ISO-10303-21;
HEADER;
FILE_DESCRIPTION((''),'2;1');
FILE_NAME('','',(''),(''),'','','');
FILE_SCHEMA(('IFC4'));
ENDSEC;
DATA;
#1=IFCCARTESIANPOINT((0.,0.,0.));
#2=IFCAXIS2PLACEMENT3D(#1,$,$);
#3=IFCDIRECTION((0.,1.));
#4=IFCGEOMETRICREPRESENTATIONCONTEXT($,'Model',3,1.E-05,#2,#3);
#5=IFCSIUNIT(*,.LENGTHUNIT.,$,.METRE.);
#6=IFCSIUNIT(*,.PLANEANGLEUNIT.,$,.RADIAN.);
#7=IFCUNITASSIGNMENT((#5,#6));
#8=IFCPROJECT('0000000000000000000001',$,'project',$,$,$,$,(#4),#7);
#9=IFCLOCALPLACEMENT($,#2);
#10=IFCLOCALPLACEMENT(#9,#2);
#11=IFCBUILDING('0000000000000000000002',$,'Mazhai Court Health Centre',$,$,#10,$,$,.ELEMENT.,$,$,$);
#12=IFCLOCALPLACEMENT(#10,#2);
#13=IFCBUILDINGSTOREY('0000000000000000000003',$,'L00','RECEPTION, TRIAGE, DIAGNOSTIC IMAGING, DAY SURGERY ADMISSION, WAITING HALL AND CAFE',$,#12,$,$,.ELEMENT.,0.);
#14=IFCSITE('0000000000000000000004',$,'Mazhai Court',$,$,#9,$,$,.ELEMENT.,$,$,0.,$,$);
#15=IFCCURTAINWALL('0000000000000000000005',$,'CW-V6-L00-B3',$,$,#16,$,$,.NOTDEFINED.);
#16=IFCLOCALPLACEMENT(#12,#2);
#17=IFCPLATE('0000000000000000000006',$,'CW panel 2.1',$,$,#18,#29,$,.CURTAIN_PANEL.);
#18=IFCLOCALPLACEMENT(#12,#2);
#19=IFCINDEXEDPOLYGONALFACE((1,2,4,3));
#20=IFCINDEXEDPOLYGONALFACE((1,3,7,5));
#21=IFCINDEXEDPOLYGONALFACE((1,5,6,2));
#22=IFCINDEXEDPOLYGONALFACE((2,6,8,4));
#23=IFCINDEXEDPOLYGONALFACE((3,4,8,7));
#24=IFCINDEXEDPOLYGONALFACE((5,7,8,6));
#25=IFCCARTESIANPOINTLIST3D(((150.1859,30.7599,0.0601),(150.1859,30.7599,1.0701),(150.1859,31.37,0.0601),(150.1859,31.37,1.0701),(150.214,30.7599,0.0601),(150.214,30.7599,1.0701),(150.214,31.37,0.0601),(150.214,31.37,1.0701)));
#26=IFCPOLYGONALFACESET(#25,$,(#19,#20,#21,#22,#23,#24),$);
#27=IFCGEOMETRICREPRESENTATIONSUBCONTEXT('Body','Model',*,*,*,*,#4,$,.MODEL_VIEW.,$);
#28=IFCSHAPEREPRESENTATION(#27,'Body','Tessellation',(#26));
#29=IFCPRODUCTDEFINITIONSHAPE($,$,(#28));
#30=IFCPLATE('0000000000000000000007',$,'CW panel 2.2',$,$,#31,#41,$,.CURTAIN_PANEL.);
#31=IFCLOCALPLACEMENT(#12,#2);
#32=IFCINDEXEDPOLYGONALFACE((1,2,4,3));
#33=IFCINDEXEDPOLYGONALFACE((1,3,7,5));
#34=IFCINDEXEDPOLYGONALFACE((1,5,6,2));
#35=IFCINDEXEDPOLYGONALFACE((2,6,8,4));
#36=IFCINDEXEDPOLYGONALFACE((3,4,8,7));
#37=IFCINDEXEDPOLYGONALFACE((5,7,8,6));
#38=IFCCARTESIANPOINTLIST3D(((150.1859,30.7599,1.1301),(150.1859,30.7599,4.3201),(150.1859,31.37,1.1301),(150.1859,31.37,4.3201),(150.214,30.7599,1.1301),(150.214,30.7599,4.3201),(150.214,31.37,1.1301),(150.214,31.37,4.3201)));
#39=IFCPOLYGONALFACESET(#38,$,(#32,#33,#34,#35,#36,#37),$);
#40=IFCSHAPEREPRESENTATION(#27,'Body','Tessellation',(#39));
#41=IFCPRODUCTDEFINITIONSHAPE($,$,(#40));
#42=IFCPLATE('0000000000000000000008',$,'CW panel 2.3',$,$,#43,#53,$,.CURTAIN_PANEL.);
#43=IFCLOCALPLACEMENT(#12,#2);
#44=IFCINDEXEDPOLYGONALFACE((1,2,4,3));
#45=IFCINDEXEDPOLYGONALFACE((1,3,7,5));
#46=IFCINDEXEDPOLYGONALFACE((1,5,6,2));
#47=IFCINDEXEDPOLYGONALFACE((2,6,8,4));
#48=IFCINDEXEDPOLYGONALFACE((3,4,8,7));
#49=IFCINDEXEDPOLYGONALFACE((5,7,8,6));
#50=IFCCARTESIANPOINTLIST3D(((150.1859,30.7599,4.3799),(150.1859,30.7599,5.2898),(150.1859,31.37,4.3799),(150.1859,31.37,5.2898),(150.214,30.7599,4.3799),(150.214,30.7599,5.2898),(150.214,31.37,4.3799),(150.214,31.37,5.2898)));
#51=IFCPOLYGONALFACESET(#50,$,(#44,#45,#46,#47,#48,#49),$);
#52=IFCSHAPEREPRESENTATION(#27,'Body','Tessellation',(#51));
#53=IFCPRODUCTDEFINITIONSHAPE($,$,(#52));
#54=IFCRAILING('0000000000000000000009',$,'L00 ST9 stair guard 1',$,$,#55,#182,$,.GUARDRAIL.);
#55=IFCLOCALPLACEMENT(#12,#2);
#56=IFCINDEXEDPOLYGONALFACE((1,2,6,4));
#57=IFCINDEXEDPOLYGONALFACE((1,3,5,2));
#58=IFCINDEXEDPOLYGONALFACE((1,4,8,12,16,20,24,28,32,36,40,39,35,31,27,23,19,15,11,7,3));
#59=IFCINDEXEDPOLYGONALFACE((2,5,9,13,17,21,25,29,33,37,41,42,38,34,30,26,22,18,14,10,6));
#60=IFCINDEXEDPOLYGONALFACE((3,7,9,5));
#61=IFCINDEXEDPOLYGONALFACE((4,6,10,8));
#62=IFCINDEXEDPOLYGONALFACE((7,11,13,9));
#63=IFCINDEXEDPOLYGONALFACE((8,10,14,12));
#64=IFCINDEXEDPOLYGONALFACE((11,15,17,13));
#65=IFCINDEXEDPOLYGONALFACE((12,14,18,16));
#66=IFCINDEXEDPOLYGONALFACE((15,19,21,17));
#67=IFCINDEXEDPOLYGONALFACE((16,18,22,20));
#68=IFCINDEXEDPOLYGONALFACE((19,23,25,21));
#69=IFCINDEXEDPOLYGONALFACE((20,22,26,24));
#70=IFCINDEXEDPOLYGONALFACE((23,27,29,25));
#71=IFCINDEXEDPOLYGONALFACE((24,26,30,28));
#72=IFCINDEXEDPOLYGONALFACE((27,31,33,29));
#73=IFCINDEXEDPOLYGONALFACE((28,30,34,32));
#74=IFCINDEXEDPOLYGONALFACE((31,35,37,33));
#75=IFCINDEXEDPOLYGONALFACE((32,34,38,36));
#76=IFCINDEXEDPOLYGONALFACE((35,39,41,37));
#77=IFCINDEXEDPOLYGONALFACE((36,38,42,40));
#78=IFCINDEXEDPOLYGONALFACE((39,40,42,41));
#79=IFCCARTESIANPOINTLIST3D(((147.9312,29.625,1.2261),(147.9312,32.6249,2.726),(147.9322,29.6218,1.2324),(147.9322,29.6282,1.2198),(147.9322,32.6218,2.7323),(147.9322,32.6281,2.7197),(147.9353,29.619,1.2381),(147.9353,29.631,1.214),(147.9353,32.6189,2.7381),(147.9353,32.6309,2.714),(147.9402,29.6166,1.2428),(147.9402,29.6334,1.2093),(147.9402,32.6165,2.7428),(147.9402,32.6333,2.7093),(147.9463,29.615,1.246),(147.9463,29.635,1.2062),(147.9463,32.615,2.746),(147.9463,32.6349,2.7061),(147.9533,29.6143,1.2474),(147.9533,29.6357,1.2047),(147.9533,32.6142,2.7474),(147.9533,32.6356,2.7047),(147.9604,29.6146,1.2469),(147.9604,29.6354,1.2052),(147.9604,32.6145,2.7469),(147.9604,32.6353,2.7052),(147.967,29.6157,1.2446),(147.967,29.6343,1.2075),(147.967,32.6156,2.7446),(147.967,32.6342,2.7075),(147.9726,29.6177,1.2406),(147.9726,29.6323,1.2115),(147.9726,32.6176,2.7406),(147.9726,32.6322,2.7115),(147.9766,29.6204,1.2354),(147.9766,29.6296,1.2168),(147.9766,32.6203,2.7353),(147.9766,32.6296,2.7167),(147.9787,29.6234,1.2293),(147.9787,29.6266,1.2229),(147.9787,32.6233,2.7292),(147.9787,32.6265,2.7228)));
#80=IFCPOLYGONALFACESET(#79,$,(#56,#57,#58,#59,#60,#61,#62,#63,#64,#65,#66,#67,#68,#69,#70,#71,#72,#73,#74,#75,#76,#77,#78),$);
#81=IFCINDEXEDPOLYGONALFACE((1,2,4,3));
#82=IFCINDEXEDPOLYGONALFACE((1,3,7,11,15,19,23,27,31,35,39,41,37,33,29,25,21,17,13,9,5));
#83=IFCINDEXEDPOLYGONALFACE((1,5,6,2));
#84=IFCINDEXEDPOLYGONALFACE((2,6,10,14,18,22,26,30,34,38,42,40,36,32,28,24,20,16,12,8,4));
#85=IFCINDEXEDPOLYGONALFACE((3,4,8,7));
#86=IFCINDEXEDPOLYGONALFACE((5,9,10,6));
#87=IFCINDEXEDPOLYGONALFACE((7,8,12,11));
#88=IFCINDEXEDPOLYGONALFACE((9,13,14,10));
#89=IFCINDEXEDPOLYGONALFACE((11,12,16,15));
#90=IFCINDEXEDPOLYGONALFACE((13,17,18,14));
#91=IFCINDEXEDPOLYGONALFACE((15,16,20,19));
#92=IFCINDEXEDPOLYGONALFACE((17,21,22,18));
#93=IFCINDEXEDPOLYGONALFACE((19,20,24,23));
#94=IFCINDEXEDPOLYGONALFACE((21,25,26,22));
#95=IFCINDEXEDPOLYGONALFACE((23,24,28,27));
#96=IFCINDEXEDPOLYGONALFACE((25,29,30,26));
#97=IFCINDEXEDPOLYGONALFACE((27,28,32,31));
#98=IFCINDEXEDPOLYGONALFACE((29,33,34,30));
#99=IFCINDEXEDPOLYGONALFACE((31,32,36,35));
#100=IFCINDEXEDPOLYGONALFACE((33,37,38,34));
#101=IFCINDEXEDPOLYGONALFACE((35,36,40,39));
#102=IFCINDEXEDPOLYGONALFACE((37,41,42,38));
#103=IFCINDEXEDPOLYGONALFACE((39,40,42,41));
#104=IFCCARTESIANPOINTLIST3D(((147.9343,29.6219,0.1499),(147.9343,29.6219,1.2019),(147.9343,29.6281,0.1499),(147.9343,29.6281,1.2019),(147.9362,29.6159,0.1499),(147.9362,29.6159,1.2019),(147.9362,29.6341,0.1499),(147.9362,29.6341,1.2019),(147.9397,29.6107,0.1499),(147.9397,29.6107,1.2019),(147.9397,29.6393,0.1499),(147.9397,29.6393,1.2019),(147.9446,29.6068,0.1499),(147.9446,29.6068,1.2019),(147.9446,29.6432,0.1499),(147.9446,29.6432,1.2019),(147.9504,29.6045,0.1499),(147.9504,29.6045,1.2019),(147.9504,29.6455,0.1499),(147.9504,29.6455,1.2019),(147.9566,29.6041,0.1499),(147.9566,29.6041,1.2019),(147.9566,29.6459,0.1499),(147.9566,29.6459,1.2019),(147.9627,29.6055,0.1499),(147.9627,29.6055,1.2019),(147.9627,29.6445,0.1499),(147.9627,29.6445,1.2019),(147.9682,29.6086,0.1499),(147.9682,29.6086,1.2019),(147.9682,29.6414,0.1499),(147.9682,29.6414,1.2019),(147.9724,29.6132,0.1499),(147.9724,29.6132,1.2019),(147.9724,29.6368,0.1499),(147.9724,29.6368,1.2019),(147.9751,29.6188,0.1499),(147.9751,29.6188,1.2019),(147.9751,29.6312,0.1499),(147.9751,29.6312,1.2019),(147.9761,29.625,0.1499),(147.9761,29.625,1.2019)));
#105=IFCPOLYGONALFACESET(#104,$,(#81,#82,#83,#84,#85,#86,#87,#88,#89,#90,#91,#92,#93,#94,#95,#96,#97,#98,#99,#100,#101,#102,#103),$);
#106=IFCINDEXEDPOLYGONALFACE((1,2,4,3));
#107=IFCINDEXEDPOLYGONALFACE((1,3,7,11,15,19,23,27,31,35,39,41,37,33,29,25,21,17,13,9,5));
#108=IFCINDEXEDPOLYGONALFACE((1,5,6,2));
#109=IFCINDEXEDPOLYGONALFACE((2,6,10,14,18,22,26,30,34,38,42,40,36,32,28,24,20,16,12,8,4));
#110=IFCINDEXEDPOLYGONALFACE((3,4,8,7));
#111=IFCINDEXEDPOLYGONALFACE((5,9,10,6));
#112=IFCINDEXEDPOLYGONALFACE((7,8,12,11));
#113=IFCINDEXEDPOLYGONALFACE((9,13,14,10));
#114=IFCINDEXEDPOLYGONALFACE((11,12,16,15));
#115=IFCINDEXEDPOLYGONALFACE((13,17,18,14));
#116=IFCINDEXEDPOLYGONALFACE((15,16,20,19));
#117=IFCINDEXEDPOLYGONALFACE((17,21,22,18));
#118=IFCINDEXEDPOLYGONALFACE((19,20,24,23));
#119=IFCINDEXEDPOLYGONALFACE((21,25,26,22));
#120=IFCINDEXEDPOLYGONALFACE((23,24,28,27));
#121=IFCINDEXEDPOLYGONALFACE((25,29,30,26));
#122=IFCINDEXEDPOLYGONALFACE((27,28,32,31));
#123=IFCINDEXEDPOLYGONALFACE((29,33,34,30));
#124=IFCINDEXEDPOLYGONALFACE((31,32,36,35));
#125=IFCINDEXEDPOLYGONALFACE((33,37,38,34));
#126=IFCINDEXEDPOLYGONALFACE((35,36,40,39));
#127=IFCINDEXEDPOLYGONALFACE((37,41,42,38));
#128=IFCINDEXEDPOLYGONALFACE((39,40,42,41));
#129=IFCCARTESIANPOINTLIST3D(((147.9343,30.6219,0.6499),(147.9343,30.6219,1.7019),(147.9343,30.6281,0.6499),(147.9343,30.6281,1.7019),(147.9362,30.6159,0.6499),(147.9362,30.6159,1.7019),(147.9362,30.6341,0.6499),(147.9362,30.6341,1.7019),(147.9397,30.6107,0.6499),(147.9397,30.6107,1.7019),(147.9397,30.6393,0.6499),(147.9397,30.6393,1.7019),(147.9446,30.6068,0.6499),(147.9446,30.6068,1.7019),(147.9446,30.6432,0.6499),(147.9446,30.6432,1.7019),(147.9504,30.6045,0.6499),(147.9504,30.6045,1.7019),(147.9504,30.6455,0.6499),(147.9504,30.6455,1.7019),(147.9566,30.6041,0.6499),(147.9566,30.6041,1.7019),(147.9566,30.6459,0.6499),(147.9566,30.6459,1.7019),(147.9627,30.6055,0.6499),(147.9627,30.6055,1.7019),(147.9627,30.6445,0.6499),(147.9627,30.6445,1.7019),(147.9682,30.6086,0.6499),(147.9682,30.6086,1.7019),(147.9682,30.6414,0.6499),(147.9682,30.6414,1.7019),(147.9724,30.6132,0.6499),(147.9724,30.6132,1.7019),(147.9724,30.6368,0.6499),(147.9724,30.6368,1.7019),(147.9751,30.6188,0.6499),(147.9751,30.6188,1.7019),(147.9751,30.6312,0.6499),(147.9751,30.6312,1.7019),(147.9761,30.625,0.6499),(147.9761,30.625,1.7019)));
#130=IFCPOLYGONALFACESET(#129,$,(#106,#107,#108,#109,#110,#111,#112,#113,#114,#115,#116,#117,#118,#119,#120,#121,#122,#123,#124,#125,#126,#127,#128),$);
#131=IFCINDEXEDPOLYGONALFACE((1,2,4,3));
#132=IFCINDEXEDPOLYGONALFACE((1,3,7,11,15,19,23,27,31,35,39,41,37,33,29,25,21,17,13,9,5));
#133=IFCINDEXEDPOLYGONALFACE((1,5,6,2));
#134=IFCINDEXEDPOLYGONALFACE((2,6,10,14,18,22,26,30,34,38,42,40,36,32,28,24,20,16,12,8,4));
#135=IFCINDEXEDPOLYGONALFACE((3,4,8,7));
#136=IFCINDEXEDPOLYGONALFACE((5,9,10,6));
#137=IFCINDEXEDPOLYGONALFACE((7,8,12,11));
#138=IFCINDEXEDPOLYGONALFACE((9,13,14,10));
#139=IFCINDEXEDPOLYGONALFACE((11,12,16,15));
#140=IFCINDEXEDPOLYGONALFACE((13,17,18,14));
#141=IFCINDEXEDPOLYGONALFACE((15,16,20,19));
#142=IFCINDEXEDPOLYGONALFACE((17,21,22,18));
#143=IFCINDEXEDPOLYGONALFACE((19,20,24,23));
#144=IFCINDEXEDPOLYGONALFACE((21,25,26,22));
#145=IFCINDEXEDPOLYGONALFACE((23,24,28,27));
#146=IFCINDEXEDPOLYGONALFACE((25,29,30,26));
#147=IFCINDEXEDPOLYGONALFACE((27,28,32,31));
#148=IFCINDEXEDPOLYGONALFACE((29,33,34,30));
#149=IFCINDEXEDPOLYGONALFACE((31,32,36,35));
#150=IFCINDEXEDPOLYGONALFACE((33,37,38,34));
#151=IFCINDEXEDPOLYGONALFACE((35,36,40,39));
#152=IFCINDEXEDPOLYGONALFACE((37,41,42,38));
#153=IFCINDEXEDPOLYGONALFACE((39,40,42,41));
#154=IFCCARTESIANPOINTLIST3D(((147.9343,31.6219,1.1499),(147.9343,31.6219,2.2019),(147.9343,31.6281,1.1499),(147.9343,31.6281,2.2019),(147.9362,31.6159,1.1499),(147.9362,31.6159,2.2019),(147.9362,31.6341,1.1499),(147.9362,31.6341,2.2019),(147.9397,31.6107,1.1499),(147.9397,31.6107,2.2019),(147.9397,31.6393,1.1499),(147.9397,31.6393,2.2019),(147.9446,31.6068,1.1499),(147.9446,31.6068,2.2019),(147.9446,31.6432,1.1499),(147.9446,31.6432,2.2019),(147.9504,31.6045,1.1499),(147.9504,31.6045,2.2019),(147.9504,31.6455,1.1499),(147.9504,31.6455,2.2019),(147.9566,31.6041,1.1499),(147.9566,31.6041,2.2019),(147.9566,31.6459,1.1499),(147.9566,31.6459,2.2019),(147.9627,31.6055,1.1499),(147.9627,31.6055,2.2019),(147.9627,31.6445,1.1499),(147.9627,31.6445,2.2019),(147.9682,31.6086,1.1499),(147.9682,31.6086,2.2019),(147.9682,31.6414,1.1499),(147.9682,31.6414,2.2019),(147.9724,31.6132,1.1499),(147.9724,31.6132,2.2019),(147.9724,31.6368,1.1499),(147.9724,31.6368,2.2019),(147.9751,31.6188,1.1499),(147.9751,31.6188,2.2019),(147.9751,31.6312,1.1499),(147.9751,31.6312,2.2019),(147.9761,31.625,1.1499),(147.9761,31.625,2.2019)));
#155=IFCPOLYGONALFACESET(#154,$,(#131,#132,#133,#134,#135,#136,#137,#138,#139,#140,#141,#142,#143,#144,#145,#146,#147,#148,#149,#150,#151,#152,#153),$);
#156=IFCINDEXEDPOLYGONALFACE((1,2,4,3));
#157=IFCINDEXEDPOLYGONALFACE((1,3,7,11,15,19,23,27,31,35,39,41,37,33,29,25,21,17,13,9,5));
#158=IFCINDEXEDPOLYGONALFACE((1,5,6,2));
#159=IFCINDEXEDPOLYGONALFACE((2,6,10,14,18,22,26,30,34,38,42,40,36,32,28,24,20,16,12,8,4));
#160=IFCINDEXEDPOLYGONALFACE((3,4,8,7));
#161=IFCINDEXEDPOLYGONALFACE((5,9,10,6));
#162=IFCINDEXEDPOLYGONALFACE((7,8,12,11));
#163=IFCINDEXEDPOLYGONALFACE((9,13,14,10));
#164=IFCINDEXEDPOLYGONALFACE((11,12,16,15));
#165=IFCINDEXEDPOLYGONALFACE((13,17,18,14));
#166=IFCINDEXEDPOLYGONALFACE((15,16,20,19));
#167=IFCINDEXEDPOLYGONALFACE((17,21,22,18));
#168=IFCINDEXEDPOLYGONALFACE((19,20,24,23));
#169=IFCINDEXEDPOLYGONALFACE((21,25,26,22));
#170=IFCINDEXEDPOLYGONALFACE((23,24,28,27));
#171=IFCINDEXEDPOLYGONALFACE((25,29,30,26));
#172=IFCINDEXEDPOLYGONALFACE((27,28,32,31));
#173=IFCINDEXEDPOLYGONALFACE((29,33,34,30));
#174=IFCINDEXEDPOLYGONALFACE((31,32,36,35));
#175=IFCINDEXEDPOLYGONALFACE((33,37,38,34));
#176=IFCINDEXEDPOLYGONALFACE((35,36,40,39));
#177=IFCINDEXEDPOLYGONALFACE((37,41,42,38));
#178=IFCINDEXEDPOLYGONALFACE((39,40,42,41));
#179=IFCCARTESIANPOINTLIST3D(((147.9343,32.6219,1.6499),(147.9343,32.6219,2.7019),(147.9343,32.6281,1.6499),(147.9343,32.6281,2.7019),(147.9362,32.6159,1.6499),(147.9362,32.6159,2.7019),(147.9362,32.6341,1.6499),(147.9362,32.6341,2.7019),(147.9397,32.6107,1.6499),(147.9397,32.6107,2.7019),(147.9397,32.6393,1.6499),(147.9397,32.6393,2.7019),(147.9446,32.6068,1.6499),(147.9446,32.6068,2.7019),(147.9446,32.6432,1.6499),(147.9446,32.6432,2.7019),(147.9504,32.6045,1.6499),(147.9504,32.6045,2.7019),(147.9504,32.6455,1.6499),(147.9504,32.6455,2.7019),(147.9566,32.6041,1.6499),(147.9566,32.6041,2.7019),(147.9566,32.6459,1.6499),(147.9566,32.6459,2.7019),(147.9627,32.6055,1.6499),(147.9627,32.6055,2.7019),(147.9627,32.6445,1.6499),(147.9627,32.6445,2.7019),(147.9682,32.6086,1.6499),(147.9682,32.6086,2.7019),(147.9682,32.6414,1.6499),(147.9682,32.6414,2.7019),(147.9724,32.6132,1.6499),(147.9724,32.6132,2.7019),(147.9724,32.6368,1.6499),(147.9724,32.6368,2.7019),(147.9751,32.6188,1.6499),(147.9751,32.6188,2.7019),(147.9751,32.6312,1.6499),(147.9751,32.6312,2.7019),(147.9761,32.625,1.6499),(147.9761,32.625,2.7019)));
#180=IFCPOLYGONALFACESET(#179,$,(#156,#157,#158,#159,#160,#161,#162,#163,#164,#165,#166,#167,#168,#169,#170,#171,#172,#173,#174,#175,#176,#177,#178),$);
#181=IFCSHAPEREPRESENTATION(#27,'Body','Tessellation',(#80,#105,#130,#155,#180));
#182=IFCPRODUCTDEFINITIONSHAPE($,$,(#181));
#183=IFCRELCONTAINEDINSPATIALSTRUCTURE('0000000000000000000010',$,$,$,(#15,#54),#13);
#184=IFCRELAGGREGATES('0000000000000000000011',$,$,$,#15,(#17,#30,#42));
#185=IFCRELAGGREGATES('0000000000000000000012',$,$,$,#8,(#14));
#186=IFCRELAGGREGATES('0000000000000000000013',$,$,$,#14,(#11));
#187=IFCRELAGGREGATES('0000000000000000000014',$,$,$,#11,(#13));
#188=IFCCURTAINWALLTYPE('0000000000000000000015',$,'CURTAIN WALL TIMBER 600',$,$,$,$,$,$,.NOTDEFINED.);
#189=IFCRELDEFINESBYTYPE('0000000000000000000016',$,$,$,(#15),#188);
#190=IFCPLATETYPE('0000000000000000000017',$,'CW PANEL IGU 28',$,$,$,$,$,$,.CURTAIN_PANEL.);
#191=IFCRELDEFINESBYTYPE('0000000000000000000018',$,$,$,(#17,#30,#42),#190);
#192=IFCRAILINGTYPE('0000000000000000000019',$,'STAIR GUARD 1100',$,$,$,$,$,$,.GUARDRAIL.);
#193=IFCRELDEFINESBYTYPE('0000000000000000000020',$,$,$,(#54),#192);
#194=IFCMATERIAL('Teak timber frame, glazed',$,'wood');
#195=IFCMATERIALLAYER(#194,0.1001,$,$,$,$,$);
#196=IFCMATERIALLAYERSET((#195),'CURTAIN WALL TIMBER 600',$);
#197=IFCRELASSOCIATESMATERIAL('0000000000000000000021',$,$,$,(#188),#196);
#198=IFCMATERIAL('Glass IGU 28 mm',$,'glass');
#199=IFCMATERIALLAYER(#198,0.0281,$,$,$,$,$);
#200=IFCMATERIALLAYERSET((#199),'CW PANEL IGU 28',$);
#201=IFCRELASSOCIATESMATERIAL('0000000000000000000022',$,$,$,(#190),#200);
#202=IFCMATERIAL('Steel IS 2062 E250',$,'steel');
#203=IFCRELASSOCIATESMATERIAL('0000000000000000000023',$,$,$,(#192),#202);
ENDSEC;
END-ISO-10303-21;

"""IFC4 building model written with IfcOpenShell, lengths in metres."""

from ifc_helpers import new_model, si_unit, direction, frame, origin, origin_2d, place, context, subcontext, project, spatial, rectangle, circle, extrude, material, layer, layer_set, type_object, element, aggregate, save


model = new_model("IFC4")

# Units and contexts
model_context = context("Model", 3, precision=1e-05, world=origin(), true_north=direction((0.0, 1.0)))
body_context = subcontext(model_context, "Body", "Model", "MODEL_VIEW")
ifc_project = project(units=[si_unit("LENGTHUNIT", "METRE"), si_unit("PLANEANGLEUNIT", "RADIAN")], contexts=[model_context])

# Site, building, storey
site_placement = place(None, origin())
site = spatial("IfcSite", under=ifc_project, at=site_placement, Name="Mazhai Court", CompositionType="ELEMENT", RefElevation=0.0)
building_placement = place(site_placement, origin())
building = spatial("IfcBuilding", under=site, at=building_placement, Name="Mazhai Court Health Centre", CompositionType="ELEMENT")
storey_placement = place(building_placement, origin())
storey = spatial("IfcBuildingStorey", under=building, at=storey_placement, Name="L00", Description="RECEPTION, TRIAGE, DIAGNOSTIC IMAGING, DAY SURGERY ADMISSION, WAITING HALL AND CAFE", CompositionType="ELEMENT", Elevation=0.0)

# Curtain wall, plates
ifc_material_1 = material(Name="Teak timber frame, glazed", Category="wood")
ifc_layer_1 = layer(ifc_material_1, 0.1001)
ifc_layer_set_1 = layer_set([ifc_layer_1], Name="CURTAIN WALL TIMBER 600")
curtain_wall_type = type_object("IfcCurtainWallType", Name="CURTAIN WALL TIMBER 600", PredefinedType="NOTDEFINED", material=ifc_layer_set_1)
curtain_wall_placement = place(storey_placement, origin())
curtain_wall = element("IfcCurtainWall", 1, at=curtain_wall_placement, inside=storey, type_object=curtain_wall_type, Name="CW-V6-L00-B3", PredefinedType="NOTDEFINED")
ifc_material_2 = material(Name="Glass IGU 28 mm", Category="glass")
ifc_layer_2 = layer(ifc_material_2, 0.0281)
ifc_layer_set_2 = layer_set([ifc_layer_2], Name="CW PANEL IGU 28")
plate_type = type_object("IfcPlateType", Name="CW PANEL IGU 28", PredefinedType="CURTAIN_PANEL", material=ifc_layer_set_2)
plate_1_placement = place(storey_placement, frame((150.2, 31.0649, 0.0601), z_axis=(0.0, 0.0, 1.0), x_axis=(0.0, -1.0, 0.0)))
plate_1 = element("IfcPlate", 2, at=plate_1_placement, type_object=plate_type, Name="CW panel 2.1", PredefinedType="CURTAIN_PANEL", context=body_context, shape_type="SweptSolid", body=[
    extrude(rectangle(XDim=0.6101, YDim=0.0281, at=origin_2d()), origin(), (0.0, 0.0, 1.0), 1.01),
])
plate_2_placement = place(storey_placement, frame((150.2, 31.0649, 1.1301), z_axis=(0.0, 0.0, 1.0), x_axis=(0.0, -1.0, 0.0)))
plate_2 = element("IfcPlate", 3, at=plate_2_placement, type_object=plate_type, Name="CW panel 2.2", PredefinedType="CURTAIN_PANEL", context=body_context, shape_type="SweptSolid", body=[
    extrude(rectangle(XDim=0.6101, YDim=0.0281, at=origin_2d()), origin(), (0.0, 0.0, 1.0), 3.1899),
])
plate_3_placement = place(storey_placement, frame((150.2, 31.0649, 4.3799), z_axis=(0.0, 0.0, 1.0), x_axis=(0.0, -1.0, 0.0)))
plate_3 = element("IfcPlate", 4, at=plate_3_placement, type_object=plate_type, Name="CW panel 2.3", PredefinedType="CURTAIN_PANEL", context=body_context, shape_type="SweptSolid", body=[
    extrude(rectangle(XDim=0.6101, YDim=0.0281, at=origin_2d()), origin(), (0.0, 0.0, 1.0), 0.9099),
])
aggregate(curtain_wall, [plate_1, plate_2, plate_3])

# Railing
ifc_material_3 = material(Name="Steel IS 2062 E250", Category="steel")
railing_type_1 = type_object("IfcRailingType", Name="STAIR GUARD 1100", PredefinedType="GUARDRAIL", material=ifc_material_3)
railing_1_placement = place(storey_placement, frame((147.9551, 29.625, 0.1499)))
element("IfcRailing", 5, at=railing_1_placement, inside=storey, type_object=railing_type_1, Name="L00 ST9 stair guard 1", PredefinedType="GUARDRAIL", context=body_context, shape_type="SweptSolid", body=[
    extrude(circle(Radius=0.0239, at=origin_2d()), frame((0.0, 0.0, 1.0762), z_axis=(0.0, 0.894427, 0.447214), x_axis=(-1.0, 0.0, 0.0)), (0.0, 0.0, 1.0), 3.354),
    extrude(circle(Radius=0.021, at=origin_2d()), origin(), (0.0, 0.0, 1.0), 1.052),
    extrude(circle(Radius=0.021, at=origin_2d()), frame((0.0, 1.0, 0.5)), (0.0, 0.0, 1.0), 1.052),
    extrude(circle(Radius=0.021, at=origin_2d()), frame((0.0, 2.0, 1.0)), (0.0, 0.0, 1.0), 1.052),
    extrude(circle(Radius=0.021, at=origin_2d()), frame((0.0, 3.0, 1.5)), (0.0, 0.0, 1.0), 1.052),
])

save(model, "model.ifc")
